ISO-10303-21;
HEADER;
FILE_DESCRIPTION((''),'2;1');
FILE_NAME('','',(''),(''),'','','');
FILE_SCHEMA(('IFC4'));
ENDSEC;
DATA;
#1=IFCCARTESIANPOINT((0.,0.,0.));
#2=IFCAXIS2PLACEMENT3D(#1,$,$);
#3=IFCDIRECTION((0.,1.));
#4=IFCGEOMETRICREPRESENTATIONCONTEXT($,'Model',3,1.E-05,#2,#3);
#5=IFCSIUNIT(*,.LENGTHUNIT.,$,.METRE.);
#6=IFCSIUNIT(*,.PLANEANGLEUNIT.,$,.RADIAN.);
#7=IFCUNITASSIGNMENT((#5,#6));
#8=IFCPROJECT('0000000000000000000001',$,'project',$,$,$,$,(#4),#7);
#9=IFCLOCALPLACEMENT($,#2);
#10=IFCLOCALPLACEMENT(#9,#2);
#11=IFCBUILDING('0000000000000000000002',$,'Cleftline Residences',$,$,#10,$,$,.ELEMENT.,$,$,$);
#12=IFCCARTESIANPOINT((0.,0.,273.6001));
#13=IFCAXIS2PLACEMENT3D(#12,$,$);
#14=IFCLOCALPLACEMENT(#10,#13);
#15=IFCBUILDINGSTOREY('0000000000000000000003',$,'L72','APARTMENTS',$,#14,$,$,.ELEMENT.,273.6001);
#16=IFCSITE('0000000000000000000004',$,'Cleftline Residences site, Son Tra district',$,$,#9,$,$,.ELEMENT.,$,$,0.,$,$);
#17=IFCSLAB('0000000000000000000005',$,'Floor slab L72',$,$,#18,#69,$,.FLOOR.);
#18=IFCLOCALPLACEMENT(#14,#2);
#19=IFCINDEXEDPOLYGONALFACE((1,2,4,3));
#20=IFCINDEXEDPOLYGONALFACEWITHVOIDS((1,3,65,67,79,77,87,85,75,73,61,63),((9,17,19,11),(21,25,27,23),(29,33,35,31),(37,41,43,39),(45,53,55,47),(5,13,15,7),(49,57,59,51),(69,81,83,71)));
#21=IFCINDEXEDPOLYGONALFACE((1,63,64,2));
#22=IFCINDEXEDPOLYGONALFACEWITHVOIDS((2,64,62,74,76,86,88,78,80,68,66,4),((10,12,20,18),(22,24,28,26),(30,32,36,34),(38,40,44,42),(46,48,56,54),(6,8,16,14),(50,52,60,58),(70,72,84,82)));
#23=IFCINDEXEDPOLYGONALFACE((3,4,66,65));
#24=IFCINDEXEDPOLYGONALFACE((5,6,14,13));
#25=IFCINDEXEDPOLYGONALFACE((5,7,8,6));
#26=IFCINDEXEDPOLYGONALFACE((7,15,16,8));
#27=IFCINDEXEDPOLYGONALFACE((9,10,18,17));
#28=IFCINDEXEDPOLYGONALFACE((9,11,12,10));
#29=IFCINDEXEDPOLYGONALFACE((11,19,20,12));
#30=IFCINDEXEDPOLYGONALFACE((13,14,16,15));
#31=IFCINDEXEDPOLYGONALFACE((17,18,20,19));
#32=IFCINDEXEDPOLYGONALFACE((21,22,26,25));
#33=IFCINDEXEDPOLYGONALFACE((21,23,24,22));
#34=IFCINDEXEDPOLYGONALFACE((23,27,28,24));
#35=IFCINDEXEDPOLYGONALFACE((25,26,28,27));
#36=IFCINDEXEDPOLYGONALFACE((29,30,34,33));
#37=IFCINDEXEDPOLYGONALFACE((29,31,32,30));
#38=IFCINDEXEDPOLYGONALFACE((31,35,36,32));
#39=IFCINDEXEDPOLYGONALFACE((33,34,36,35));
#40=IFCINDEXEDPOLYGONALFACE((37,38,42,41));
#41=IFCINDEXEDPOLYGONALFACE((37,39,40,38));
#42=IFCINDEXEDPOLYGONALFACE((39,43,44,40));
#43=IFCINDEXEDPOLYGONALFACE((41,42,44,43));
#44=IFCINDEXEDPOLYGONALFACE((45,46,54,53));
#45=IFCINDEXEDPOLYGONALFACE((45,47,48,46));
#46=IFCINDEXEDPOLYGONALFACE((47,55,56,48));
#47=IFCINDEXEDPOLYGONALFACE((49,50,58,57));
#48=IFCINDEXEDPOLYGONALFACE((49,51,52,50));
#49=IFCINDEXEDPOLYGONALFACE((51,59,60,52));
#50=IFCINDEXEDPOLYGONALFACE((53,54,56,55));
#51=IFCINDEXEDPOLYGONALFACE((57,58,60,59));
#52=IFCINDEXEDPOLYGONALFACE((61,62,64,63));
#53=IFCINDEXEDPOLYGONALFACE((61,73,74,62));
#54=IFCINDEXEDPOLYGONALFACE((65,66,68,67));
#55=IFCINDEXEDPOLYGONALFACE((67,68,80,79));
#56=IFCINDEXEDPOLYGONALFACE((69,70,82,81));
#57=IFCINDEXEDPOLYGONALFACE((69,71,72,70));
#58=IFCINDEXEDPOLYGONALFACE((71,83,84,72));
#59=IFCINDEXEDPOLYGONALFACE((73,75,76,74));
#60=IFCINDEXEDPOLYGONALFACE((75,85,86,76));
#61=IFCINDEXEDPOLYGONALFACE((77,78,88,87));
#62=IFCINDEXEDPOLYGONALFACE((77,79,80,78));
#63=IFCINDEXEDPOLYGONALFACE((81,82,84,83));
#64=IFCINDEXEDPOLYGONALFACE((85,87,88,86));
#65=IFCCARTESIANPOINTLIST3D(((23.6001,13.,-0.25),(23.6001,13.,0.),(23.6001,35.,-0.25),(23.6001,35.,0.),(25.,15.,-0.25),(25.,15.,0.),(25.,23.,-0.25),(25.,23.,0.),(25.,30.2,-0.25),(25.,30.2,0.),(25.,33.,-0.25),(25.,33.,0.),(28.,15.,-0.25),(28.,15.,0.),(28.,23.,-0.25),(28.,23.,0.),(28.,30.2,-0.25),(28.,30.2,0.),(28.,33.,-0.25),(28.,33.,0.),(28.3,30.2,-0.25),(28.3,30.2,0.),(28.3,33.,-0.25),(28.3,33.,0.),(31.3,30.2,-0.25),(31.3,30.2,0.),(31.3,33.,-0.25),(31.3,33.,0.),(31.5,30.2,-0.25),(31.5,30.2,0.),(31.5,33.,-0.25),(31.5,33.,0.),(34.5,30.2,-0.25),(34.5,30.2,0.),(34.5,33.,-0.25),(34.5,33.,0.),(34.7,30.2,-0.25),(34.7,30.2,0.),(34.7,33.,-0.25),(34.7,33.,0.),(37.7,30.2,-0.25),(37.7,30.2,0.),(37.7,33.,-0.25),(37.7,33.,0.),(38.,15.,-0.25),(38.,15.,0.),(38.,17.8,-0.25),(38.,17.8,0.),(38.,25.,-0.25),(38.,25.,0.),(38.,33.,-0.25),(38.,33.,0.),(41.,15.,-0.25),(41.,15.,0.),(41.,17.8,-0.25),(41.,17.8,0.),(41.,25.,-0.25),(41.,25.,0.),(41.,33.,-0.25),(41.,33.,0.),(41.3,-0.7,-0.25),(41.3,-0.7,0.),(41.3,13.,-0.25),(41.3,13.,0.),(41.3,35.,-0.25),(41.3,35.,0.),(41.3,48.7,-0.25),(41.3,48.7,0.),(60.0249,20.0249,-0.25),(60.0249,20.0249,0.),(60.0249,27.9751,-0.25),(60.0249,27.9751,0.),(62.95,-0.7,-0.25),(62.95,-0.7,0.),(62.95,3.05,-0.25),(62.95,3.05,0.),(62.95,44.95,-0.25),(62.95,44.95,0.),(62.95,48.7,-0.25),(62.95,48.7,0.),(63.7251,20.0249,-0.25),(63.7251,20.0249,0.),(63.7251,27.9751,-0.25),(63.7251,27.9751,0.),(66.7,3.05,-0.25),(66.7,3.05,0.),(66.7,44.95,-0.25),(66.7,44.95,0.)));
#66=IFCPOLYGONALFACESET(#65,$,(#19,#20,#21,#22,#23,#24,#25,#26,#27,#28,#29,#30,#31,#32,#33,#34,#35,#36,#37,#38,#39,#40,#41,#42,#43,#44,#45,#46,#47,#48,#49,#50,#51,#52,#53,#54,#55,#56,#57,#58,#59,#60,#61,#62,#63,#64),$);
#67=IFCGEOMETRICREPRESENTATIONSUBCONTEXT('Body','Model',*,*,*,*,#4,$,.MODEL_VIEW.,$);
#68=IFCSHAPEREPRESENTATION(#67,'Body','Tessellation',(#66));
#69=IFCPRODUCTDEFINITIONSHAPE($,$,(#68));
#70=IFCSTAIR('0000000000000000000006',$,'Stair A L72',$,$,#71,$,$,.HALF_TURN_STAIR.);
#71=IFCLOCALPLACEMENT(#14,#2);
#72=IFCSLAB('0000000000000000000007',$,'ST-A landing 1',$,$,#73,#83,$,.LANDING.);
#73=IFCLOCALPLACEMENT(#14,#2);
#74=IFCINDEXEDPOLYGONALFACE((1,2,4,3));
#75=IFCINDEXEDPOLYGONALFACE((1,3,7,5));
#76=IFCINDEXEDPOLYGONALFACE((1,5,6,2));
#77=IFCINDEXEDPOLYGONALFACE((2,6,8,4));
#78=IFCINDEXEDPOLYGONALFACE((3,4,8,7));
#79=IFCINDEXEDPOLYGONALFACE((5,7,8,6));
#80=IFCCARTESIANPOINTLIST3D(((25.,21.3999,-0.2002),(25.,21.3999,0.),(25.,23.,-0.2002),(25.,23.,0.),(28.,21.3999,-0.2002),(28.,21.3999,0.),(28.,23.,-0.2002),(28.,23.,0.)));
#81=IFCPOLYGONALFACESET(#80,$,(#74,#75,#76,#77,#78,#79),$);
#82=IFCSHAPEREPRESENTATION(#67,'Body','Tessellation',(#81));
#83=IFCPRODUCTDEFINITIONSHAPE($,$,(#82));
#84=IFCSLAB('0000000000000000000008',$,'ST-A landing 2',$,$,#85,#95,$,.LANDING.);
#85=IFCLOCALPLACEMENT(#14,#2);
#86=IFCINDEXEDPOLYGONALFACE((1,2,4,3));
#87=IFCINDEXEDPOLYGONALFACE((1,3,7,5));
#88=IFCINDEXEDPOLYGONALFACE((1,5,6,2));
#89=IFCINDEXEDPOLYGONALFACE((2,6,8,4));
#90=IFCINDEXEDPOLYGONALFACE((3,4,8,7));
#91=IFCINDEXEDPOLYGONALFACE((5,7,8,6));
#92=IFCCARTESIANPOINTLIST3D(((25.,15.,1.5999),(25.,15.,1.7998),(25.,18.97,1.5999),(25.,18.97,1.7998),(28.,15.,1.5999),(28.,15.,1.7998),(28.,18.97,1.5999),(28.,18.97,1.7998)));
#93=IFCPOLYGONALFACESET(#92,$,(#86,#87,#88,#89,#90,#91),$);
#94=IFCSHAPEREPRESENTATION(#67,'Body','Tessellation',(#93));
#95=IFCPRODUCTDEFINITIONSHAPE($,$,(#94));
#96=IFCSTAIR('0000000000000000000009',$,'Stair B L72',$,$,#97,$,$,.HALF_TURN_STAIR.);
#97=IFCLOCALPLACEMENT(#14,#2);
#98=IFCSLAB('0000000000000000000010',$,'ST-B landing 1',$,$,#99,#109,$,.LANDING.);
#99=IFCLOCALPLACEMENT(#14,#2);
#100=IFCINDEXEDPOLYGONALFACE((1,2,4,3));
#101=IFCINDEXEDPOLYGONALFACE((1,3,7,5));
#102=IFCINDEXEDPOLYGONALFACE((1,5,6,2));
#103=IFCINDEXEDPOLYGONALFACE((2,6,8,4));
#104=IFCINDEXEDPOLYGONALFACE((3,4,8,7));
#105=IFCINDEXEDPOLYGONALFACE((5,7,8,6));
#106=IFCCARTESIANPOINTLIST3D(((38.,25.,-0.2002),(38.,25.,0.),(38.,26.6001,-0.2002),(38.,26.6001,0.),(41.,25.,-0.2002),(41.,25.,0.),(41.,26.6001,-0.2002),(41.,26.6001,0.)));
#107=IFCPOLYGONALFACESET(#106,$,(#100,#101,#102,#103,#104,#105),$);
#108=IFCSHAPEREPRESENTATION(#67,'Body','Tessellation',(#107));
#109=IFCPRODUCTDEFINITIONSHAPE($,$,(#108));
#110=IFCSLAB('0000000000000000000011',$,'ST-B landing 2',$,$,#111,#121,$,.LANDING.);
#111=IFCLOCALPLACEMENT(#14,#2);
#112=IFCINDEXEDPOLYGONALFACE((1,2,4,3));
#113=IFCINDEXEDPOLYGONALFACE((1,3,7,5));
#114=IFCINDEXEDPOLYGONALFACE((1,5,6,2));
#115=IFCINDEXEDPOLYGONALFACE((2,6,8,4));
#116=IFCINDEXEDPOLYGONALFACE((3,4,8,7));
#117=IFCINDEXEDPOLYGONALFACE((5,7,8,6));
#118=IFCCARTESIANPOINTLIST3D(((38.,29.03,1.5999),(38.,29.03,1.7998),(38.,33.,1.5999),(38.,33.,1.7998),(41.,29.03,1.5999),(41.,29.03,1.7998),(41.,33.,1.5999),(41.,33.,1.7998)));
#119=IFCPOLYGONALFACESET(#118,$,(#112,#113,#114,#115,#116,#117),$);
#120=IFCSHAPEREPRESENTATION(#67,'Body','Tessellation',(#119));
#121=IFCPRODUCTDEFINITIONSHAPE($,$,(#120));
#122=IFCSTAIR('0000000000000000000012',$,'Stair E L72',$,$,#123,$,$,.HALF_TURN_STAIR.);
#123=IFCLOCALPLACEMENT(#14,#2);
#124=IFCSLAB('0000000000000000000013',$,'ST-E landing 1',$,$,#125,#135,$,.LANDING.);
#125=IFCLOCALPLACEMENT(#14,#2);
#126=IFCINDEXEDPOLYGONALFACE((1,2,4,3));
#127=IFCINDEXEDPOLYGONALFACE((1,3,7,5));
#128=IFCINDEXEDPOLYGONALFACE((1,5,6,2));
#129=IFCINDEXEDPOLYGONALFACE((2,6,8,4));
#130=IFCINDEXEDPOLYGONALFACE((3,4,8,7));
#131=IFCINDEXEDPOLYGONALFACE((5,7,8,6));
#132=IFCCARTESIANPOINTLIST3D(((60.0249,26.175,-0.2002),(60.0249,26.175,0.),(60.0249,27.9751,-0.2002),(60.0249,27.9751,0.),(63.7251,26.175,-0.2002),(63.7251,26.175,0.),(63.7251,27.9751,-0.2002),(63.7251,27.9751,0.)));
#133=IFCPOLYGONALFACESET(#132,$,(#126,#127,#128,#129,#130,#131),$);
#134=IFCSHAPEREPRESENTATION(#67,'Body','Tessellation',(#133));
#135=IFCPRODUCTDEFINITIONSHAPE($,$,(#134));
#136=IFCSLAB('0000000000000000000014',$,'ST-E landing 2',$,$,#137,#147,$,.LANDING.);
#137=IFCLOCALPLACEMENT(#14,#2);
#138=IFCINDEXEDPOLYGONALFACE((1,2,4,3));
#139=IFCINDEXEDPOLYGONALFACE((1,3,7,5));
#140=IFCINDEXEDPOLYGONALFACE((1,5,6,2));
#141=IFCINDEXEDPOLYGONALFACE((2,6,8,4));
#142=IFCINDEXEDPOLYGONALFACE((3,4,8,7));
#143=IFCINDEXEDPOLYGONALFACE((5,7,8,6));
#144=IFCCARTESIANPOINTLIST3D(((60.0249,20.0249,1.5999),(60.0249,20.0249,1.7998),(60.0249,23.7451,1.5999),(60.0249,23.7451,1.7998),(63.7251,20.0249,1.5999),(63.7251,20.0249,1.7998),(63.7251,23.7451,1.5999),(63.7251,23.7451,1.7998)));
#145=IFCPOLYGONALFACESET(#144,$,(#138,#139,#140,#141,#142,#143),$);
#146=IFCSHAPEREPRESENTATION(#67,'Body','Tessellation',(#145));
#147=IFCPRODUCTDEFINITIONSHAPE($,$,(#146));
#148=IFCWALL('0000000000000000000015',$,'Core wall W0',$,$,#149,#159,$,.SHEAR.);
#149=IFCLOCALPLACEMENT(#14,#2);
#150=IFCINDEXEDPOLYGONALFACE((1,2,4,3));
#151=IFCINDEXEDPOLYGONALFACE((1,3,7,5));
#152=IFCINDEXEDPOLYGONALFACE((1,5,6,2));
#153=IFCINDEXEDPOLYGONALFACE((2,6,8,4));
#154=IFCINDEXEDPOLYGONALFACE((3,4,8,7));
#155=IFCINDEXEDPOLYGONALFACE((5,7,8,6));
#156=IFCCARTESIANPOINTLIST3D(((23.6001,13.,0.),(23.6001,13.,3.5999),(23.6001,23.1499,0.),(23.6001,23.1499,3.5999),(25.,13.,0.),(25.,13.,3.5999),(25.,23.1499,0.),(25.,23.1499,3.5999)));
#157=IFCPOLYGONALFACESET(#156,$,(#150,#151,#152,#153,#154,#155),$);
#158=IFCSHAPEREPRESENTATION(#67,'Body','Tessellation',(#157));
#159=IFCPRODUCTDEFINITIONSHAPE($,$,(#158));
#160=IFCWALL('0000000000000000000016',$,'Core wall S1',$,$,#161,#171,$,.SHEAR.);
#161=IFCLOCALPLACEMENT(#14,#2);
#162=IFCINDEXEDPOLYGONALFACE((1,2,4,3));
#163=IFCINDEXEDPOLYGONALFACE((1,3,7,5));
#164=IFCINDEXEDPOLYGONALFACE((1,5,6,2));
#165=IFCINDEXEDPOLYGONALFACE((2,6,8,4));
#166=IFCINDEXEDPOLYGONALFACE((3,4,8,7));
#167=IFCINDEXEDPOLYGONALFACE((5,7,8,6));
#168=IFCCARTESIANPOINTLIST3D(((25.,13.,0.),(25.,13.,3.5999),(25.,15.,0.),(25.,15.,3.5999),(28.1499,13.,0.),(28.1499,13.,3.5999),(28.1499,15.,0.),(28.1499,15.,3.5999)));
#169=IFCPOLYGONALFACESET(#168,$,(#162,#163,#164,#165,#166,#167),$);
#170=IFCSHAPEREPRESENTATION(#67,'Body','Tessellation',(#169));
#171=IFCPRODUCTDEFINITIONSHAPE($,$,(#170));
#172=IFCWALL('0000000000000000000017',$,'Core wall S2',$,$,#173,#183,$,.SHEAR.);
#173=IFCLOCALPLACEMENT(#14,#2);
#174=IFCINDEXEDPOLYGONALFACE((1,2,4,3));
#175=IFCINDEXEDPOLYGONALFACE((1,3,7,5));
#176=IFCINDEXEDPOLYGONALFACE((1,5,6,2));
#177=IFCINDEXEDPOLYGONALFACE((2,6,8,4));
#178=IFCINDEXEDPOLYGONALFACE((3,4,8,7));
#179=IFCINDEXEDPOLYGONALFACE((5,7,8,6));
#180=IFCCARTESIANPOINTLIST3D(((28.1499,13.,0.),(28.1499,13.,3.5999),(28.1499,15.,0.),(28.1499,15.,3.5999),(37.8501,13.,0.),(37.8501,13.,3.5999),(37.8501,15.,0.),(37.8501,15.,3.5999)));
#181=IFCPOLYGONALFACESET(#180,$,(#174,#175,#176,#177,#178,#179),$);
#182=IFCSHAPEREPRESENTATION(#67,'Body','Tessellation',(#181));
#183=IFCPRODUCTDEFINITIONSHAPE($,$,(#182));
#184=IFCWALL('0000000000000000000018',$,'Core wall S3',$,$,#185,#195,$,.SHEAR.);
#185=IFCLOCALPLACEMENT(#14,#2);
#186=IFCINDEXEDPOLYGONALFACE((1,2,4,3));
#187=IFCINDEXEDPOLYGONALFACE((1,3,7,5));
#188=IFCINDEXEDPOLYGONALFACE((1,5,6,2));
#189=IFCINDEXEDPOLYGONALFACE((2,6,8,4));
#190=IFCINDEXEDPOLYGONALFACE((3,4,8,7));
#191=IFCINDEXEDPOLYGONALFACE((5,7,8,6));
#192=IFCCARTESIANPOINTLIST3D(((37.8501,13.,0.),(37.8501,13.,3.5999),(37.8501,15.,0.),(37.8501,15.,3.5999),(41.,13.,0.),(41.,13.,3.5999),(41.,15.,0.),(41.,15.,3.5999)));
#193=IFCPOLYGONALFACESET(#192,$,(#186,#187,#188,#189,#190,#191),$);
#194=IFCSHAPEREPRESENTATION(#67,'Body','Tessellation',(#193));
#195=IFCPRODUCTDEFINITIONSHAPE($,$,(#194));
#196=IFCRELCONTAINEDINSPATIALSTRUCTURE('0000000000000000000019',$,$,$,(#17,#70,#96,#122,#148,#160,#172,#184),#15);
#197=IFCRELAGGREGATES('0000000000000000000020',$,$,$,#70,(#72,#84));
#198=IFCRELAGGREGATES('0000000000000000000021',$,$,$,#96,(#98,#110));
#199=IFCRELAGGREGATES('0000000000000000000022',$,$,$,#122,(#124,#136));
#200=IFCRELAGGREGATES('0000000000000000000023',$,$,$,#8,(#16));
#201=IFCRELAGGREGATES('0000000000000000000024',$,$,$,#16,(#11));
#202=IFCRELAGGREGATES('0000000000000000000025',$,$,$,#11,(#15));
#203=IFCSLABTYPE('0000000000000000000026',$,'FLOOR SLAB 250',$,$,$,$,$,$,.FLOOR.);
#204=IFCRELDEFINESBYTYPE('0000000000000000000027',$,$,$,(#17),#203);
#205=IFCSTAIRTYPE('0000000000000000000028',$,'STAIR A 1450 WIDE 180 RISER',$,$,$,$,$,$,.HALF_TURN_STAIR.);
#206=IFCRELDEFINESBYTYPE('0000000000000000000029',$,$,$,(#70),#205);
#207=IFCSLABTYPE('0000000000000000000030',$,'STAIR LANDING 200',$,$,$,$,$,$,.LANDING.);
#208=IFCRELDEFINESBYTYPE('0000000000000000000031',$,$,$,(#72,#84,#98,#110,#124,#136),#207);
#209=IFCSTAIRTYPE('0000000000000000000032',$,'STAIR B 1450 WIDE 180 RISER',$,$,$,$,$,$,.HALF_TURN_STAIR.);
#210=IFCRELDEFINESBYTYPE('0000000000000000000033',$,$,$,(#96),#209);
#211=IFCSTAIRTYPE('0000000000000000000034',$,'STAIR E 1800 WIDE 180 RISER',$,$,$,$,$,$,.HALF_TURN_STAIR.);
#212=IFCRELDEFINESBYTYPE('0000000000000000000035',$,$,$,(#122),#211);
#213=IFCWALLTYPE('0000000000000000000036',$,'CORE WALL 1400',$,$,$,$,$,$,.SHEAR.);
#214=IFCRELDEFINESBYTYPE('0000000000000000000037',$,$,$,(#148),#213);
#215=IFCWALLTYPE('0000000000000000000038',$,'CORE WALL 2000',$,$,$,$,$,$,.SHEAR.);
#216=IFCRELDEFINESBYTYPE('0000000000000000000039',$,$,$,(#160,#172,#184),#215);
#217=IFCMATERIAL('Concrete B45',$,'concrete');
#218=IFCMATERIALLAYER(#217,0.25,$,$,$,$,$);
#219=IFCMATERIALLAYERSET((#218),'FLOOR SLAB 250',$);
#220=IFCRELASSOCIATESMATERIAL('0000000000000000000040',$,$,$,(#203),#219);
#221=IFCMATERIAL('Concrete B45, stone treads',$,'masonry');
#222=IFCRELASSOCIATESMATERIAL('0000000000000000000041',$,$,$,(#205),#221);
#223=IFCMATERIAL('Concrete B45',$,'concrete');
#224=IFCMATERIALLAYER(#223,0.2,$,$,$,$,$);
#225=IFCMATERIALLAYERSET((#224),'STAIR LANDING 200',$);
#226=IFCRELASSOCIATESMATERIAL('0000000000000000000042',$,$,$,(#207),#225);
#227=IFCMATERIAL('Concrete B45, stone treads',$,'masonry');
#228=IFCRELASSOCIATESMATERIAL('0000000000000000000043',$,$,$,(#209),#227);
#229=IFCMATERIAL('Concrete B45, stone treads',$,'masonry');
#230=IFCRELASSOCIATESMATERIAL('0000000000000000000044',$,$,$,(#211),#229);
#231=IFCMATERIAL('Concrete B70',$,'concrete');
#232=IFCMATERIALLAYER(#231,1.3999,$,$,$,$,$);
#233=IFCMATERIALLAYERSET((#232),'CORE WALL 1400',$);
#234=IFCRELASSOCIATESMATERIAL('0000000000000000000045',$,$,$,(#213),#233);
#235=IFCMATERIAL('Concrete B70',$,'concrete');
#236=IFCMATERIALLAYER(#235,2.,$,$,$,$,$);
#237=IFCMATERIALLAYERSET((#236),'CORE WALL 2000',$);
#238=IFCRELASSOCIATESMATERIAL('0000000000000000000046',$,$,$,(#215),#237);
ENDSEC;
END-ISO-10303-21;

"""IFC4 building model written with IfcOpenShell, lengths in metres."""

from ifc_helpers import new_model, si_unit, direction, frame, frame_2d, origin, place, context, subcontext, project, spatial, polyline, rectangle, outline, extrude, material, layer, layer_set, type_object, element, aggregate, save


model = new_model("IFC4")

# Units and contexts
model_context = context("Model", 3, precision=1e-05, world=origin(), true_north=direction((0.0, 1.0)))
body_context = subcontext(model_context, "Body", "Model", "MODEL_VIEW")
ifc_project = project(units=[si_unit("LENGTHUNIT", "METRE"), si_unit("PLANEANGLEUNIT", "RADIAN")], contexts=[model_context])

# Site, building, storey
site_placement = place(None, origin())
site = spatial("IfcSite", under=ifc_project, at=site_placement, Name="Cleftline Residences site, Son Tra district", CompositionType="ELEMENT", RefElevation=0.0)
building_placement = place(site_placement, origin())
building = spatial("IfcBuilding", under=site, at=building_placement, Name="Cleftline Residences", CompositionType="ELEMENT")
storey_placement = place(building_placement, frame((0.0, 0.0, 273.6001)))
storey = spatial("IfcBuildingStorey", under=building, at=storey_placement, Name="L72", Description="APARTMENTS", CompositionType="ELEMENT", Elevation=273.6001)

# Slab
ifc_material_1 = material(Name="Concrete B45", Category="concrete")
ifc_layer_1 = layer(ifc_material_1, 0.25)
ifc_layer_set_1 = layer_set([ifc_layer_1], Name="FLOOR SLAB 250")
slab_type_1 = type_object("IfcSlabType", Name="FLOOR SLAB 250", PredefinedType="FLOOR", material=ifc_layer_set_1)
slab_1_placement = place(storey_placement, frame((0.0, 0.0, -0.25)))
element("IfcSlab", 1, at=slab_1_placement, inside=storey, type_object=slab_type_1, Name="Floor slab L72", PredefinedType="FLOOR", context=body_context, shape_type="SweptSolid", body=[
    extrude(outline(polyline([(41.3, 13.0), (41.3, -0.7), (62.95, -0.7), (62.95, 3.05), (66.7, 3.05), (66.7, 44.95), (62.95, 44.95), (62.95, 48.7), (41.3, 48.7), (41.3, 35.0), (23.6001, 35.0), (23.6001, 13.0), (41.3, 13.0)]), holes=[polyline([(28.0, 15.0), (28.0, 23.0), (25.0, 23.0), (25.0, 15.0), (28.0, 15.0)]), polyline([(41.0, 25.0), (41.0, 33.0), (38.0, 33.0), (38.0, 25.0), (41.0, 25.0)]), polyline([(28.0, 30.2), (28.0, 33.0), (25.0, 33.0), (25.0, 30.2), (28.0, 30.2)]), polyline([(41.0, 15.0), (41.0, 17.8), (38.0, 17.8), (38.0, 15.0), (41.0, 15.0)]), polyline([(31.3, 30.2), (31.3, 33.0), (28.3, 33.0), (28.3, 30.2), (31.3, 30.2)]), polyline([(34.5, 30.2), (34.5, 33.0), (31.5, 33.0), (31.5, 30.2), (34.5, 30.2)]), polyline([(37.7, 30.2), (37.7, 33.0), (34.7, 33.0), (34.7, 30.2), (37.7, 30.2)]), polyline([(63.7251, 20.0249), (63.7251, 27.9751), (60.0249, 27.9751), (60.0249, 20.0249), (63.7251, 20.0249)])]), origin(), (0.0, 0.0, 1.0), 0.25),
])

# Stairs, slabs
ifc_material_2 = material(Name="Concrete B45, stone treads", Category="masonry")
stair_type_1 = type_object("IfcStairType", Name="STAIR A 1450 WIDE 180 RISER", PredefinedType="HALF_TURN_STAIR", material=ifc_material_2)
stair_1_placement = place(storey_placement, origin())
stair_1 = element("IfcStair", 2, at=stair_1_placement, inside=storey, type_object=stair_type_1, Name="Stair A L72", PredefinedType="HALF_TURN_STAIR")
ifc_material_3 = material(Name="Concrete B45", Category="concrete")
ifc_layer_2 = layer(ifc_material_3, 0.2)
ifc_layer_set_2 = layer_set([ifc_layer_2], Name="STAIR LANDING 200")
slab_type_2 = type_object("IfcSlabType", Name="STAIR LANDING 200", PredefinedType="LANDING", material=ifc_layer_set_2)
slab_2_placement = place(storey_placement, frame((0.0, 0.0, -0.2002)))
slab_2 = element("IfcSlab", 3, at=slab_2_placement, type_object=slab_type_2, Name="ST-A landing 1", PredefinedType="LANDING", context=body_context, shape_type="SweptSolid", body=[
    extrude(outline(polyline([(25.0, 21.3999), (28.0, 21.3999), (28.0, 23.0), (25.0, 23.0), (25.0, 21.3999)])), origin(), (0.0, 0.0, 1.0), 0.2002),
])
slab_3_placement = place(storey_placement, frame((0.0, 0.0, 1.5999)))
slab_3 = element("IfcSlab", 4, at=slab_3_placement, type_object=slab_type_2, Name="ST-A landing 2", PredefinedType="LANDING", context=body_context, shape_type="SweptSolid", body=[
    extrude(outline(polyline([(25.0, 15.0), (28.0, 15.0), (28.0, 18.97), (25.0, 18.97), (25.0, 15.0)])), origin(), (0.0, 0.0, 1.0), 0.2),
])
aggregate(stair_1, [slab_2, slab_3])
ifc_material_4 = material(Name="Concrete B45, stone treads", Category="masonry")
stair_type_2 = type_object("IfcStairType", Name="STAIR B 1450 WIDE 180 RISER", PredefinedType="HALF_TURN_STAIR", material=ifc_material_4)
stair_2_placement = place(storey_placement, origin())
stair_2 = element("IfcStair", 5, at=stair_2_placement, inside=storey, type_object=stair_type_2, Name="Stair B L72", PredefinedType="HALF_TURN_STAIR")
slab_4_placement = place(storey_placement, frame((0.0, 0.0, -0.2002)))
slab_4 = element("IfcSlab", 6, at=slab_4_placement, type_object=slab_type_2, Name="ST-B landing 1", PredefinedType="LANDING", context=body_context, shape_type="SweptSolid", body=[
    extrude(outline(polyline([(38.0, 25.0), (41.0, 25.0), (41.0, 26.6001), (38.0, 26.6001), (38.0, 25.0)])), origin(), (0.0, 0.0, 1.0), 0.2002),
])
slab_5_placement = place(storey_placement, frame((0.0, 0.0, 1.5999)))
slab_5 = element("IfcSlab", 7, at=slab_5_placement, type_object=slab_type_2, Name="ST-B landing 2", PredefinedType="LANDING", context=body_context, shape_type="SweptSolid", body=[
    extrude(outline(polyline([(38.0, 29.03), (41.0, 29.03), (41.0, 33.0), (38.0, 33.0), (38.0, 29.03)])), origin(), (0.0, 0.0, 1.0), 0.2),
])
aggregate(stair_2, [slab_4, slab_5])
ifc_material_5 = material(Name="Concrete B45, stone treads", Category="masonry")
stair_type_3 = type_object("IfcStairType", Name="STAIR E 1800 WIDE 180 RISER", PredefinedType="HALF_TURN_STAIR", material=ifc_material_5)
stair_3_placement = place(storey_placement, origin())
stair_3 = element("IfcStair", 8, at=stair_3_placement, inside=storey, type_object=stair_type_3, Name="Stair E L72", PredefinedType="HALF_TURN_STAIR")
slab_6_placement = place(storey_placement, frame((0.0, 0.0, -0.2002)))
slab_6 = element("IfcSlab", 9, at=slab_6_placement, type_object=slab_type_2, Name="ST-E landing 1", PredefinedType="LANDING", context=body_context, shape_type="SweptSolid", body=[
    extrude(outline(polyline([(60.0249, 26.175), (63.7251, 26.175), (63.7251, 27.9751), (60.0249, 27.9751), (60.0249, 26.175)])), origin(), (0.0, 0.0, 1.0), 0.2002),
])
slab_7_placement = place(storey_placement, frame((0.0, 0.0, 1.5999)))
slab_7 = element("IfcSlab", 10, at=slab_7_placement, type_object=slab_type_2, Name="ST-E landing 2", PredefinedType="LANDING", context=body_context, shape_type="SweptSolid", body=[
    extrude(outline(polyline([(60.0249, 20.0249), (63.7251, 20.0249), (63.7251, 23.7451), (60.0249, 23.7451), (60.0249, 20.0249)])), origin(), (0.0, 0.0, 1.0), 0.2),
])
aggregate(stair_3, [slab_6, slab_7])

# Walls
ifc_material_6 = material(Name="Concrete B70", Category="concrete")
ifc_layer_3 = layer(ifc_material_6, 1.3999)
ifc_layer_set_3 = layer_set([ifc_layer_3], Name="CORE WALL 1400")
wall_type_1 = type_object("IfcWallType", Name="CORE WALL 1400", PredefinedType="SHEAR", material=ifc_layer_set_3)
wall_1_placement = place(storey_placement, frame((24.3, 13.0, 0.0), z_axis=(0.0, 0.0, 1.0), x_axis=(0.0, 1.0, 0.0)))
element("IfcWall", 11, at=wall_1_placement, inside=storey, type_object=wall_type_1, Name="Core wall W0", PredefinedType="SHEAR", context=body_context, shape_type="SweptSolid", body=[
    extrude(rectangle(XDim=10.1499, YDim=1.3999, at=frame_2d((5.075, 0.0))), origin(), (0.0, 0.0, 1.0), 3.5999),
])
ifc_material_7 = material(Name="Concrete B70", Category="concrete")
ifc_layer_4 = layer(ifc_material_7, 2.0)
ifc_layer_set_4 = layer_set([ifc_layer_4], Name="CORE WALL 2000")
wall_type_2 = type_object("IfcWallType", Name="CORE WALL 2000", PredefinedType="SHEAR", material=ifc_layer_set_4)
wall_2_placement = place(storey_placement, frame((25.0, 14.0, 0.0), z_axis=(0.0, 0.0, 1.0), x_axis=(1.0, 0.0, 0.0)))
element("IfcWall", 12, at=wall_2_placement, inside=storey, type_object=wall_type_2, Name="Core wall S1", PredefinedType="SHEAR", context=body_context, shape_type="SweptSolid", body=[
    extrude(rectangle(XDim=3.1499, YDim=2.0, at=frame_2d((1.575, 0.0))), origin(), (0.0, 0.0, 1.0), 3.5999),
])
wall_3_placement = place(storey_placement, frame((28.1499, 14.0, 0.0), z_axis=(0.0, 0.0, 1.0), x_axis=(1.0, 0.0, 0.0)))
element("IfcWall", 13, at=wall_3_placement, inside=storey, type_object=wall_type_2, Name="Core wall S2", PredefinedType="SHEAR", context=body_context, shape_type="SweptSolid", body=[
    extrude(rectangle(XDim=9.7002, YDim=2.0, at=frame_2d((4.8501, 0.0))), origin(), (0.0, 0.0, 1.0), 3.5999),
])
wall_4_placement = place(storey_placement, frame((37.8501, 14.0, 0.0), z_axis=(0.0, 0.0, 1.0), x_axis=(1.0, 0.0, 0.0)))
element("IfcWall", 14, at=wall_4_placement, inside=storey, type_object=wall_type_2, Name="Core wall S3", PredefinedType="SHEAR", context=body_context, shape_type="SweptSolid", body=[
    extrude(rectangle(XDim=3.1499, YDim=2.0, at=frame_2d((1.575, 0.0))), origin(), (0.0, 0.0, 1.0), 3.5999),
])

save(model, "model.ifc")
